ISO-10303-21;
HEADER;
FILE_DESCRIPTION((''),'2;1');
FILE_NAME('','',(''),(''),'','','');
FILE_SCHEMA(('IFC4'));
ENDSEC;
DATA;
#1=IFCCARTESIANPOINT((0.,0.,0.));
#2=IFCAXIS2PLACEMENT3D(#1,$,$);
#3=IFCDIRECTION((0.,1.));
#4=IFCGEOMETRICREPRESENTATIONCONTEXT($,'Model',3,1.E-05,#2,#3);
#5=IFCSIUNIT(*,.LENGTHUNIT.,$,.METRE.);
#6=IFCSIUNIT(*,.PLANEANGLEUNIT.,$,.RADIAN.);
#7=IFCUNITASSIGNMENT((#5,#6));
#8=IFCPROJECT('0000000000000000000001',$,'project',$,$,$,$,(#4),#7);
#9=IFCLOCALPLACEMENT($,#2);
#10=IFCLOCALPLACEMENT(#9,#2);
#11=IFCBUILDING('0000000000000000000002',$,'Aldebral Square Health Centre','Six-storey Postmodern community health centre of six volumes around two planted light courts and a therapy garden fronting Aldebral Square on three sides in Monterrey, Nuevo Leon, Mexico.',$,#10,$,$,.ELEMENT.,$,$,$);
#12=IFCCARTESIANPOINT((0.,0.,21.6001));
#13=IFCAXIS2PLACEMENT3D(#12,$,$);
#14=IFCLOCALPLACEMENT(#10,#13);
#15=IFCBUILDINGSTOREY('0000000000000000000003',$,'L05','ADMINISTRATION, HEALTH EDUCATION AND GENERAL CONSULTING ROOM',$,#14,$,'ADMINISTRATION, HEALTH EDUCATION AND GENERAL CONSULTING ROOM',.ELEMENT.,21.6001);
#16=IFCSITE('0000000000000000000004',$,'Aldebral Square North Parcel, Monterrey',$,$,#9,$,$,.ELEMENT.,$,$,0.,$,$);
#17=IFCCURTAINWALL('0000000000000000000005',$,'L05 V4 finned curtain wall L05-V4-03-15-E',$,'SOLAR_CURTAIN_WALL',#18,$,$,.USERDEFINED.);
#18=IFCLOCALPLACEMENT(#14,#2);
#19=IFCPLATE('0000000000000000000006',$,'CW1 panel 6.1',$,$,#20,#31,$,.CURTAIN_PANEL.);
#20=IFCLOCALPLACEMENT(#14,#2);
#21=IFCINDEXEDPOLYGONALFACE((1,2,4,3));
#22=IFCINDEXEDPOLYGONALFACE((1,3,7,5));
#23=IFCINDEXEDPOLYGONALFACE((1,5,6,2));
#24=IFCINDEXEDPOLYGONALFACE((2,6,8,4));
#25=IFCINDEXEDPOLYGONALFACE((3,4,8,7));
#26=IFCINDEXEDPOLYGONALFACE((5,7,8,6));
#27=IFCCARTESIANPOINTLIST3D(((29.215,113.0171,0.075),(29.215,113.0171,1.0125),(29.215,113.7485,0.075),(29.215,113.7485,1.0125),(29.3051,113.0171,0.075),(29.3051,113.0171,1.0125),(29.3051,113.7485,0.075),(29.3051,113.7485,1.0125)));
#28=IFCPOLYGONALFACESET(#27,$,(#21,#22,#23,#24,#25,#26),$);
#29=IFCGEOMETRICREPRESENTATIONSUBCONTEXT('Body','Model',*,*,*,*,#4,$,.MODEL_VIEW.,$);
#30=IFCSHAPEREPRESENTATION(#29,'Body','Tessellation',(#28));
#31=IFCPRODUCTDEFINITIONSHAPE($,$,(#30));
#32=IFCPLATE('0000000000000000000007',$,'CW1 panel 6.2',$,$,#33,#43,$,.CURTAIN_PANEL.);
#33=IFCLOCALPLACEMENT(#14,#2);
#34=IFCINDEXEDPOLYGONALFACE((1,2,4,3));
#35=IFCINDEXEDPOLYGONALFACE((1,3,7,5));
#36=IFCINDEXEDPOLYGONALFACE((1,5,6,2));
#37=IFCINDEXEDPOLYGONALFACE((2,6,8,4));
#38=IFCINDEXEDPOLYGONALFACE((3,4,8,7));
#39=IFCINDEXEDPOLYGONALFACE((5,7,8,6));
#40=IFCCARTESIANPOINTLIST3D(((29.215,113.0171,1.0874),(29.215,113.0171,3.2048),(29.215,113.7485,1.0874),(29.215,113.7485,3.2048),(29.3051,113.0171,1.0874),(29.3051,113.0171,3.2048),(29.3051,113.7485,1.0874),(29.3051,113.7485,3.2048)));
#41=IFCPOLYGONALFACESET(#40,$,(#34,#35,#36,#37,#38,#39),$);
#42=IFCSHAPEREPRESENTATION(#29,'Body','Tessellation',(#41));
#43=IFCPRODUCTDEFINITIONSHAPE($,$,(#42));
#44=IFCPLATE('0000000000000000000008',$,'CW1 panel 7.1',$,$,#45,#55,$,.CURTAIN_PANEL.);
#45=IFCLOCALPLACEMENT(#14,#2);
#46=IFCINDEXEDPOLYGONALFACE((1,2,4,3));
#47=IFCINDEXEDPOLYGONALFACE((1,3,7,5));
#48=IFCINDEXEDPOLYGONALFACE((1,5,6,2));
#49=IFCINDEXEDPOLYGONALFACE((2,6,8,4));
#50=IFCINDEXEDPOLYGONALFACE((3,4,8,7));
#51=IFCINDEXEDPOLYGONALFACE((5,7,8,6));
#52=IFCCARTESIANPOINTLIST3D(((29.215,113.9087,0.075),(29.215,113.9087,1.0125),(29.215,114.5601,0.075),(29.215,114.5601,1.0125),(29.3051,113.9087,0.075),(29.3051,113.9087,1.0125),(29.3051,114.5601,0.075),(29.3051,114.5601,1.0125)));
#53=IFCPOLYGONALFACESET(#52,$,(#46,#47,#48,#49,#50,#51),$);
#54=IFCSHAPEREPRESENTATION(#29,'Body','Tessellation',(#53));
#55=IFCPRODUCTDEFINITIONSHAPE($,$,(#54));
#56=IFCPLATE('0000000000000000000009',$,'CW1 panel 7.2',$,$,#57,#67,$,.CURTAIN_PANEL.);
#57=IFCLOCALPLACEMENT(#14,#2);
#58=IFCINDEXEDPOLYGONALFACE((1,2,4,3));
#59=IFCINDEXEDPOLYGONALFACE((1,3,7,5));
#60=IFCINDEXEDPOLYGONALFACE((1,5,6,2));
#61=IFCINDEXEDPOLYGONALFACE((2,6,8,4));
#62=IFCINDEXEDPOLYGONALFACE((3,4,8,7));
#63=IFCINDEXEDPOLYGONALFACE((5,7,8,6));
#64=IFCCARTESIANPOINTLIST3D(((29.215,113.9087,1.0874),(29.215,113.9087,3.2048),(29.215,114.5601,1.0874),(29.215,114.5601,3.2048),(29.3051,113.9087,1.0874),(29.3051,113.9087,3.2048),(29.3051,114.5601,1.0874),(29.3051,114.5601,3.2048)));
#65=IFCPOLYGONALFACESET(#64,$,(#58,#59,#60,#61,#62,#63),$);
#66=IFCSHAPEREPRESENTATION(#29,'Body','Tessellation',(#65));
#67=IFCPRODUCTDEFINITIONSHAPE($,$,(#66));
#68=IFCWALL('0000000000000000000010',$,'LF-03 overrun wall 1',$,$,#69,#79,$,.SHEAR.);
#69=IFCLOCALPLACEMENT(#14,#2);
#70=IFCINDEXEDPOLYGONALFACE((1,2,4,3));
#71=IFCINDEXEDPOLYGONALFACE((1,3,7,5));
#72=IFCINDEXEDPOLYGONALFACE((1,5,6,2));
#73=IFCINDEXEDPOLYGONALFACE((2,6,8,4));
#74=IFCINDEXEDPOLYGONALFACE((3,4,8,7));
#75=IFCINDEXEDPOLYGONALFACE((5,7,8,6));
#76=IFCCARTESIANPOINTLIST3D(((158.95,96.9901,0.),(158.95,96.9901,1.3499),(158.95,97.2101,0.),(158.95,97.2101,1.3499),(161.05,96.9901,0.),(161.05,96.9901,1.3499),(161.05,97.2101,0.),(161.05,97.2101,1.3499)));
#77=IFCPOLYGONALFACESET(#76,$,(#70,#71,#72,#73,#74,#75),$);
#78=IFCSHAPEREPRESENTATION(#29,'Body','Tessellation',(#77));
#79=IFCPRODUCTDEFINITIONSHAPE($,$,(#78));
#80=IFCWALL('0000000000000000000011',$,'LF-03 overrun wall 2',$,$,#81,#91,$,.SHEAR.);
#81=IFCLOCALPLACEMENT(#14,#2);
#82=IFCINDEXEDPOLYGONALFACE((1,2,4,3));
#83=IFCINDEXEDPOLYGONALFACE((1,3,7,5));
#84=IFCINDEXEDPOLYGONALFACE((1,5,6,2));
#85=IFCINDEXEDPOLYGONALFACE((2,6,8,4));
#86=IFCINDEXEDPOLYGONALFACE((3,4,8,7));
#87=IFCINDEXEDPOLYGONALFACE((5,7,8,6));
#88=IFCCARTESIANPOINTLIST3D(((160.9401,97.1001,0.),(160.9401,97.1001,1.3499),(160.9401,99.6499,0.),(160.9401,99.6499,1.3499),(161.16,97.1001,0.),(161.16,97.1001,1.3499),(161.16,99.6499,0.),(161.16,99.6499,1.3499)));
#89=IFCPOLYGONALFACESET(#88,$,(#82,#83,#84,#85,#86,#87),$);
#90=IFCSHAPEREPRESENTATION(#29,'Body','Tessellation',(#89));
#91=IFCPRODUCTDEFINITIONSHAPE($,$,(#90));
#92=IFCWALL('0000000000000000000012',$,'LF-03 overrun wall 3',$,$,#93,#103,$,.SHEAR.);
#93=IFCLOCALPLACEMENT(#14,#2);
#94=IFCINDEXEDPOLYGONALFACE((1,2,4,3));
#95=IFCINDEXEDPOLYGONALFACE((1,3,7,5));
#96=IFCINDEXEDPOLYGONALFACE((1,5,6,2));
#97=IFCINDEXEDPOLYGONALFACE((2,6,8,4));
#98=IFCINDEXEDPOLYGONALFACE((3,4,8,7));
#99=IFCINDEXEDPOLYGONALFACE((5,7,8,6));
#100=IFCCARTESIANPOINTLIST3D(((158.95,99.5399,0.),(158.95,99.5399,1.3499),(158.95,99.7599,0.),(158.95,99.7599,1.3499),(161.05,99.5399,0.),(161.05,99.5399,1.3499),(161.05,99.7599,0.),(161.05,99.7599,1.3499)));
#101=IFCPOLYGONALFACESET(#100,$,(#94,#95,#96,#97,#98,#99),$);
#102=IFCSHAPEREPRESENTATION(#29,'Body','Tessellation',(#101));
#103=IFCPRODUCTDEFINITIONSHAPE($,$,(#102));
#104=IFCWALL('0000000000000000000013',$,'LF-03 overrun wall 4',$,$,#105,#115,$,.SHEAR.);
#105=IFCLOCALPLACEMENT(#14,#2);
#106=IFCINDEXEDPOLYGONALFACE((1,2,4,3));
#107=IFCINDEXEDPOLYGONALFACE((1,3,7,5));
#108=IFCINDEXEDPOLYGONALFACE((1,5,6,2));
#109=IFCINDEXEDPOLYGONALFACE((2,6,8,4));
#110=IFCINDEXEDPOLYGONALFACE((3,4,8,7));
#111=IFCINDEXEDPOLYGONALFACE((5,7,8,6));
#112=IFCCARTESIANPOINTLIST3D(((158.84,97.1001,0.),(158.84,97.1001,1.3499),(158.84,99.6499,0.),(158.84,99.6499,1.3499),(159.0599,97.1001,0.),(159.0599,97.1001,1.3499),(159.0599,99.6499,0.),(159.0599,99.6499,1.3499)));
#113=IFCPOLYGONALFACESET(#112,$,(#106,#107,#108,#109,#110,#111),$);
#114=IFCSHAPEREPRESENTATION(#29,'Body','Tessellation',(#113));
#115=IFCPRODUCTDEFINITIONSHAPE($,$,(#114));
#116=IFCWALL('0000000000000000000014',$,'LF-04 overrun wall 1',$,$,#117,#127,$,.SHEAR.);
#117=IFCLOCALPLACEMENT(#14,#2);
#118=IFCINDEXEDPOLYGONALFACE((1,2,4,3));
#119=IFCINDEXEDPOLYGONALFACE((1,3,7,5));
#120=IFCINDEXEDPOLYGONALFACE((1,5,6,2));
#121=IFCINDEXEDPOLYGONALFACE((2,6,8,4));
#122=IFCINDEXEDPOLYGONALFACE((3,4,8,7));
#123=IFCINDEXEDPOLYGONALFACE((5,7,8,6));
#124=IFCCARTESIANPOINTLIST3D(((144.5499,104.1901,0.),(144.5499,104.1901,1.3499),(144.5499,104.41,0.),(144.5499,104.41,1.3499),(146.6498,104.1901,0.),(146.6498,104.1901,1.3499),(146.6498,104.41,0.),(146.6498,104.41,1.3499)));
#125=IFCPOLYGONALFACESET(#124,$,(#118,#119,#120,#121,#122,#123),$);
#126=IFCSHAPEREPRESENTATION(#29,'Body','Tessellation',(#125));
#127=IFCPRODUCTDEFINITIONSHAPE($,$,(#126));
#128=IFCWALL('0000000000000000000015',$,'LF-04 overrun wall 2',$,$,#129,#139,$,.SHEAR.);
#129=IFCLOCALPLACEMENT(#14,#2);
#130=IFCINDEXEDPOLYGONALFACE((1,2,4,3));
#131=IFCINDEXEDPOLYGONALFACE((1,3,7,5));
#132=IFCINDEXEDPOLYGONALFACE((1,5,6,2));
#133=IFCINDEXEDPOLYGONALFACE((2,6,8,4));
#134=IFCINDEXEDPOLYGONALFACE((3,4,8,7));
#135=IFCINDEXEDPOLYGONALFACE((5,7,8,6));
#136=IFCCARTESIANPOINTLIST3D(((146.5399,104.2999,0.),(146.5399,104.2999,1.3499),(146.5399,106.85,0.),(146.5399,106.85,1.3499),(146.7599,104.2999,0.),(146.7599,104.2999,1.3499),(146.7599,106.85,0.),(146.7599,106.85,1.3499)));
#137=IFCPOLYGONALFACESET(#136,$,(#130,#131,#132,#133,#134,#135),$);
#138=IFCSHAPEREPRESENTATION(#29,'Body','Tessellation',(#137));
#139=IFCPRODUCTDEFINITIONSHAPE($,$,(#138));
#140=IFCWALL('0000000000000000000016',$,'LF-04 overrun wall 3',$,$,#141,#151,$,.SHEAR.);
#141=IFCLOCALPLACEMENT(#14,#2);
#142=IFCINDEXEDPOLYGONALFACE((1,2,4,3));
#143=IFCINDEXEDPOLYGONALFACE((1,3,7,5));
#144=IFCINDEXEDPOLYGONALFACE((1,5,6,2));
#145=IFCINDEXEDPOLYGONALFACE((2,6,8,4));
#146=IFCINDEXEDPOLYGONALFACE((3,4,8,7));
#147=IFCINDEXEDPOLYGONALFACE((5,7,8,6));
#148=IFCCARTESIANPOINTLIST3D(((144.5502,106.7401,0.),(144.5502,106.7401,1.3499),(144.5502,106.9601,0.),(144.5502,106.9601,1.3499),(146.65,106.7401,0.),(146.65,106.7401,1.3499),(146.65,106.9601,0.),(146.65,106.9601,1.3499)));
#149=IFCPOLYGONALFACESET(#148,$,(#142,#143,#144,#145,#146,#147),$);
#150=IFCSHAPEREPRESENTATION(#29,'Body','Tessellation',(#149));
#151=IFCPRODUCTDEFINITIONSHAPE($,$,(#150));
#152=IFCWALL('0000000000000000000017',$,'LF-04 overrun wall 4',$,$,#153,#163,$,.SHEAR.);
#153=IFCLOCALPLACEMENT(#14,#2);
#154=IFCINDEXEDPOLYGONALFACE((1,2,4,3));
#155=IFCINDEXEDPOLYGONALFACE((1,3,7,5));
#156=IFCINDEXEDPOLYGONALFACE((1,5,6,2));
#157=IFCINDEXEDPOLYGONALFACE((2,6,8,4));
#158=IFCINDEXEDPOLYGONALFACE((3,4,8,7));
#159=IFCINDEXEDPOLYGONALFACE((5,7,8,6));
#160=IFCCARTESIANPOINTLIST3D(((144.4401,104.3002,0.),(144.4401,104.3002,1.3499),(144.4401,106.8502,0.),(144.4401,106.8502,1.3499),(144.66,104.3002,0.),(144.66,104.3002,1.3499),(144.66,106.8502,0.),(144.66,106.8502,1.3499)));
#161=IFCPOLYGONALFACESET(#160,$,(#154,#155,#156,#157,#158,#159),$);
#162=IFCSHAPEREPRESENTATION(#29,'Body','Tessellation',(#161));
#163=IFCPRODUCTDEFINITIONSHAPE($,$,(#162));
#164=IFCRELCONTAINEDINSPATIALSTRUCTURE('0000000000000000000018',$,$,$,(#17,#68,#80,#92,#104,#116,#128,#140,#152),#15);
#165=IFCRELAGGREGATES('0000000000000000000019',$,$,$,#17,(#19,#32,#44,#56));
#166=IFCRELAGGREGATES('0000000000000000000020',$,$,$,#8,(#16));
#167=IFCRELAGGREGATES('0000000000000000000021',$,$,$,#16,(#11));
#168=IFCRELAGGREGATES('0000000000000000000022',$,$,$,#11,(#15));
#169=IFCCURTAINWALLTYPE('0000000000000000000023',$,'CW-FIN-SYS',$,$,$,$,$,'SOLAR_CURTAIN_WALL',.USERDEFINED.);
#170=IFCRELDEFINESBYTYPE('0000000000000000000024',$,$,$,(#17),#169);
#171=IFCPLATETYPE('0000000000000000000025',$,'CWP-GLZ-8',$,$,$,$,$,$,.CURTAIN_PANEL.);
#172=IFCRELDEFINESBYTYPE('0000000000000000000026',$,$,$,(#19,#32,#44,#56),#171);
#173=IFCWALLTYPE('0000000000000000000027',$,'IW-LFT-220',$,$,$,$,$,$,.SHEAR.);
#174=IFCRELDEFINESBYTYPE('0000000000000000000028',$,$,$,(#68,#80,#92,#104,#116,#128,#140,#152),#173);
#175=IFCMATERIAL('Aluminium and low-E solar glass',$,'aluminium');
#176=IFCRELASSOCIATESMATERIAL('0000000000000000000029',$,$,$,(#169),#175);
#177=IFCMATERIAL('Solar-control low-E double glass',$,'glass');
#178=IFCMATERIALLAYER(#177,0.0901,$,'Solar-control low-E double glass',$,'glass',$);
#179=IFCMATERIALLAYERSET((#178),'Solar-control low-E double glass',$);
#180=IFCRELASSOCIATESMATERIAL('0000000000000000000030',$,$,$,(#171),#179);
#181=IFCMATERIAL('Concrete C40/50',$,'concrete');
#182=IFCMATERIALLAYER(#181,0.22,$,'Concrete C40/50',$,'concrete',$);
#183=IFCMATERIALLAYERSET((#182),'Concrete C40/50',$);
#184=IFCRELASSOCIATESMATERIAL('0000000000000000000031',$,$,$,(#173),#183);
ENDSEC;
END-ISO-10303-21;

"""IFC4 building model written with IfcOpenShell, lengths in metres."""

from ifc_helpers import new_model, si_unit, direction, frame, frame_2d, origin, origin_2d, place, context, subcontext, project, spatial, rectangle, extrude, material, layer, layer_set, type_object, element, aggregate, save


model = new_model("IFC4")

# Units and contexts
model_context = context("Model", 3, precision=1e-05, world=origin(), true_north=direction((0.0, 1.0)))
body_context = subcontext(model_context, "Body", "Model", "MODEL_VIEW")
ifc_project = project(units=[si_unit("LENGTHUNIT", "METRE"), si_unit("PLANEANGLEUNIT", "RADIAN")], contexts=[model_context])

# Site, building, storey
site_placement = place(None, origin())
site = spatial("IfcSite", under=ifc_project, at=site_placement, Name="Aldebral Square North Parcel, Monterrey", CompositionType="ELEMENT", RefElevation=0.0)
building_placement = place(site_placement, origin())
building = spatial("IfcBuilding", under=site, at=building_placement, Name="Aldebral Square Health Centre", Description="Six-storey Postmodern community health centre of six volumes around two planted light courts and a therapy garden fronting Aldebral Square on three sides in Monterrey, Nuevo Leon, Mexico.", CompositionType="ELEMENT")
storey_placement = place(building_placement, frame((0.0, 0.0, 21.6001)))
storey = spatial("IfcBuildingStorey", under=building, at=storey_placement, Name="L05", Description="ADMINISTRATION, HEALTH EDUCATION AND GENERAL CONSULTING ROOM", LongName="ADMINISTRATION, HEALTH EDUCATION AND GENERAL CONSULTING ROOM", CompositionType="ELEMENT", Elevation=21.6001)

# Curtain wall, plates
ifc_material_1 = material(Name="Aluminium and low-E solar glass", Category="aluminium")
curtain_wall_type = type_object("IfcCurtainWallType", Name="CW-FIN-SYS", ElementType="SOLAR_CURTAIN_WALL", PredefinedType="USERDEFINED", material=ifc_material_1)
curtain_wall_placement = place(storey_placement, origin())
curtain_wall = element("IfcCurtainWall", 1, at=curtain_wall_placement, inside=storey, type_object=curtain_wall_type, Name="L05 V4 finned curtain wall L05-V4-03-15-E", ObjectType="SOLAR_CURTAIN_WALL", PredefinedType="USERDEFINED")
ifc_material_2 = material(Name="Solar-control low-E double glass", Category="glass")
ifc_layer_1 = layer(ifc_material_2, 0.0901, Name="Solar-control low-E double glass", Category="glass")
ifc_layer_set_1 = layer_set([ifc_layer_1], Name="Solar-control low-E double glass")
plate_type = type_object("IfcPlateType", Name="CWP-GLZ-8", PredefinedType="CURTAIN_PANEL", material=ifc_layer_set_1)
plate_1_placement = place(storey_placement, frame((29.26, 113.3828, 0.075), z_axis=(0.0, 0.0, 1.0), x_axis=(0.0, 1.0, 0.0)))
plate_1 = element("IfcPlate", 2, at=plate_1_placement, type_object=plate_type, Name="CW1 panel 6.1", PredefinedType="CURTAIN_PANEL", context=body_context, shape_type="SweptSolid", body=[
    extrude(rectangle(XDim=0.7314, YDim=0.0901, at=origin_2d()), origin(), (0.0, 0.0, 1.0), 0.9375),
])
plate_2_placement = place(storey_placement, frame((29.26, 113.3828, 1.0874), z_axis=(0.0, 0.0, 1.0), x_axis=(0.0, 1.0, 0.0)))
plate_2 = element("IfcPlate", 3, at=plate_2_placement, type_object=plate_type, Name="CW1 panel 6.2", PredefinedType="CURTAIN_PANEL", context=body_context, shape_type="SweptSolid", body=[
    extrude(rectangle(XDim=0.7314, YDim=0.0901, at=origin_2d()), origin(), (0.0, 0.0, 1.0), 2.1174),
])
plate_3_placement = place(storey_placement, frame((29.26, 114.2344, 0.075), z_axis=(0.0, 0.0, 1.0), x_axis=(0.0, 1.0, 0.0)))
plate_3 = element("IfcPlate", 4, at=plate_3_placement, type_object=plate_type, Name="CW1 panel 7.1", PredefinedType="CURTAIN_PANEL", context=body_context, shape_type="SweptSolid", body=[
    extrude(rectangle(XDim=0.6514, YDim=0.0901, at=origin_2d()), origin(), (0.0, 0.0, 1.0), 0.9375),
])
plate_4_placement = place(storey_placement, frame((29.26, 114.2344, 1.0874), z_axis=(0.0, 0.0, 1.0), x_axis=(0.0, 1.0, 0.0)))
plate_4 = element("IfcPlate", 5, at=plate_4_placement, type_object=plate_type, Name="CW1 panel 7.2", PredefinedType="CURTAIN_PANEL", context=body_context, shape_type="SweptSolid", body=[
    extrude(rectangle(XDim=0.6514, YDim=0.0901, at=origin_2d()), origin(), (0.0, 0.0, 1.0), 2.1174),
])
aggregate(curtain_wall, [plate_1, plate_2, plate_3, plate_4])

# Walls
ifc_material_3 = material(Name="Concrete C40/50", Category="concrete")
ifc_layer_2 = layer(ifc_material_3, 0.22, Name="Concrete C40/50", Category="concrete")
ifc_layer_set_2 = layer_set([ifc_layer_2], Name="Concrete C40/50")
wall_type = type_object("IfcWallType", Name="IW-LFT-220", PredefinedType="SHEAR", material=ifc_layer_set_2)
wall_1_placement = place(storey_placement, frame((158.95, 97.1001, 0.0), z_axis=(0.0, 0.0, 1.0), x_axis=(1.0, 0.0, 0.0)))
element("IfcWall", 6, at=wall_1_placement, inside=storey, type_object=wall_type, Name="LF-03 overrun wall 1", PredefinedType="SHEAR", context=body_context, shape_type="SweptSolid", body=[
    extrude(rectangle(XDim=2.1001, YDim=0.22, at=frame_2d((1.05, 0.0))), origin(), (0.0, 0.0, 1.0), 1.3499),
])
wall_2_placement = place(storey_placement, frame((161.05, 97.1001, 0.0), z_axis=(0.0, 0.0, 1.0), x_axis=(0.0, 1.0, 0.0)))
element("IfcWall", 7, at=wall_2_placement, inside=storey, type_object=wall_type, Name="LF-03 overrun wall 2", PredefinedType="SHEAR", context=body_context, shape_type="SweptSolid", body=[
    extrude(rectangle(XDim=2.5498, YDim=0.22, at=frame_2d((1.2749, 0.0))), origin(), (0.0, 0.0, 1.0), 1.3499),
])
wall_3_placement = place(storey_placement, frame((161.05, 99.6499, 0.0), z_axis=(0.0, 0.0, 1.0), x_axis=(-1.0, 0.0, 0.0)))
element("IfcWall", 8, at=wall_3_placement, inside=storey, type_object=wall_type, Name="LF-03 overrun wall 3", PredefinedType="SHEAR", context=body_context, shape_type="SweptSolid", body=[
    extrude(rectangle(XDim=2.1001, YDim=0.22, at=frame_2d((1.05, 0.0))), origin(), (0.0, 0.0, 1.0), 1.3499),
])
wall_4_placement = place(storey_placement, frame((158.95, 99.6499, 0.0), z_axis=(0.0, 0.0, 1.0), x_axis=(0.0, -1.0, 0.0)))
element("IfcWall", 9, at=wall_4_placement, inside=storey, type_object=wall_type, Name="LF-03 overrun wall 4", PredefinedType="SHEAR", context=body_context, shape_type="SweptSolid", body=[
    extrude(rectangle(XDim=2.5498, YDim=0.22, at=frame_2d((1.2749, 0.0))), origin(), (0.0, 0.0, 1.0), 1.3499),
])
wall_5_placement = place(storey_placement, frame((144.55, 104.3, 0.0), z_axis=(0.0, 0.0, 1.0), x_axis=(1.0, 0.0, 0.0)))
element("IfcWall", 10, at=wall_5_placement, inside=storey, type_object=wall_type, Name="LF-04 overrun wall 1", PredefinedType="SHEAR", context=body_context, shape_type="SweptSolid", body=[
    extrude(rectangle(XDim=2.0999, YDim=0.22, at=frame_2d((1.0498, 0.0))), origin(), (0.0, 0.0, 1.0), 1.3499),
])
wall_6_placement = place(storey_placement, frame((146.6499, 104.3, 0.0), z_axis=(0.0, 0.0, 1.0), x_axis=(0.0, 1.0, 0.0)))
element("IfcWall", 11, at=wall_6_placement, inside=storey, type_object=wall_type, Name="LF-04 overrun wall 2", PredefinedType="SHEAR", context=body_context, shape_type="SweptSolid", body=[
    extrude(rectangle(XDim=2.55, YDim=0.22, at=frame_2d((1.2749, 0.0))), origin(), (0.0, 0.0, 1.0), 1.3499),
])
wall_7_placement = place(storey_placement, frame((146.6499, 106.8501, 0.0), z_axis=(0.0, 0.0, 1.0), x_axis=(-1.0, 0.0, 0.0)))
element("IfcWall", 12, at=wall_7_placement, inside=storey, type_object=wall_type, Name="LF-04 overrun wall 3", PredefinedType="SHEAR", context=body_context, shape_type="SweptSolid", body=[
    extrude(rectangle(XDim=2.0999, YDim=0.22, at=frame_2d((1.0498, 0.0))), origin(), (0.0, 0.0, 1.0), 1.3499),
])
wall_8_placement = place(storey_placement, frame((144.55, 106.8501, 0.0), z_axis=(0.0, 0.0, 1.0), x_axis=(0.0, -1.0, 0.0)))
element("IfcWall", 13, at=wall_8_placement, inside=storey, type_object=wall_type, Name="LF-04 overrun wall 4", PredefinedType="SHEAR", context=body_context, shape_type="SweptSolid", body=[
    extrude(rectangle(XDim=2.55, YDim=0.22, at=frame_2d((1.2749, 0.0))), origin(), (0.0, 0.0, 1.0), 1.3499),
])

save(model, "model.ifc")
